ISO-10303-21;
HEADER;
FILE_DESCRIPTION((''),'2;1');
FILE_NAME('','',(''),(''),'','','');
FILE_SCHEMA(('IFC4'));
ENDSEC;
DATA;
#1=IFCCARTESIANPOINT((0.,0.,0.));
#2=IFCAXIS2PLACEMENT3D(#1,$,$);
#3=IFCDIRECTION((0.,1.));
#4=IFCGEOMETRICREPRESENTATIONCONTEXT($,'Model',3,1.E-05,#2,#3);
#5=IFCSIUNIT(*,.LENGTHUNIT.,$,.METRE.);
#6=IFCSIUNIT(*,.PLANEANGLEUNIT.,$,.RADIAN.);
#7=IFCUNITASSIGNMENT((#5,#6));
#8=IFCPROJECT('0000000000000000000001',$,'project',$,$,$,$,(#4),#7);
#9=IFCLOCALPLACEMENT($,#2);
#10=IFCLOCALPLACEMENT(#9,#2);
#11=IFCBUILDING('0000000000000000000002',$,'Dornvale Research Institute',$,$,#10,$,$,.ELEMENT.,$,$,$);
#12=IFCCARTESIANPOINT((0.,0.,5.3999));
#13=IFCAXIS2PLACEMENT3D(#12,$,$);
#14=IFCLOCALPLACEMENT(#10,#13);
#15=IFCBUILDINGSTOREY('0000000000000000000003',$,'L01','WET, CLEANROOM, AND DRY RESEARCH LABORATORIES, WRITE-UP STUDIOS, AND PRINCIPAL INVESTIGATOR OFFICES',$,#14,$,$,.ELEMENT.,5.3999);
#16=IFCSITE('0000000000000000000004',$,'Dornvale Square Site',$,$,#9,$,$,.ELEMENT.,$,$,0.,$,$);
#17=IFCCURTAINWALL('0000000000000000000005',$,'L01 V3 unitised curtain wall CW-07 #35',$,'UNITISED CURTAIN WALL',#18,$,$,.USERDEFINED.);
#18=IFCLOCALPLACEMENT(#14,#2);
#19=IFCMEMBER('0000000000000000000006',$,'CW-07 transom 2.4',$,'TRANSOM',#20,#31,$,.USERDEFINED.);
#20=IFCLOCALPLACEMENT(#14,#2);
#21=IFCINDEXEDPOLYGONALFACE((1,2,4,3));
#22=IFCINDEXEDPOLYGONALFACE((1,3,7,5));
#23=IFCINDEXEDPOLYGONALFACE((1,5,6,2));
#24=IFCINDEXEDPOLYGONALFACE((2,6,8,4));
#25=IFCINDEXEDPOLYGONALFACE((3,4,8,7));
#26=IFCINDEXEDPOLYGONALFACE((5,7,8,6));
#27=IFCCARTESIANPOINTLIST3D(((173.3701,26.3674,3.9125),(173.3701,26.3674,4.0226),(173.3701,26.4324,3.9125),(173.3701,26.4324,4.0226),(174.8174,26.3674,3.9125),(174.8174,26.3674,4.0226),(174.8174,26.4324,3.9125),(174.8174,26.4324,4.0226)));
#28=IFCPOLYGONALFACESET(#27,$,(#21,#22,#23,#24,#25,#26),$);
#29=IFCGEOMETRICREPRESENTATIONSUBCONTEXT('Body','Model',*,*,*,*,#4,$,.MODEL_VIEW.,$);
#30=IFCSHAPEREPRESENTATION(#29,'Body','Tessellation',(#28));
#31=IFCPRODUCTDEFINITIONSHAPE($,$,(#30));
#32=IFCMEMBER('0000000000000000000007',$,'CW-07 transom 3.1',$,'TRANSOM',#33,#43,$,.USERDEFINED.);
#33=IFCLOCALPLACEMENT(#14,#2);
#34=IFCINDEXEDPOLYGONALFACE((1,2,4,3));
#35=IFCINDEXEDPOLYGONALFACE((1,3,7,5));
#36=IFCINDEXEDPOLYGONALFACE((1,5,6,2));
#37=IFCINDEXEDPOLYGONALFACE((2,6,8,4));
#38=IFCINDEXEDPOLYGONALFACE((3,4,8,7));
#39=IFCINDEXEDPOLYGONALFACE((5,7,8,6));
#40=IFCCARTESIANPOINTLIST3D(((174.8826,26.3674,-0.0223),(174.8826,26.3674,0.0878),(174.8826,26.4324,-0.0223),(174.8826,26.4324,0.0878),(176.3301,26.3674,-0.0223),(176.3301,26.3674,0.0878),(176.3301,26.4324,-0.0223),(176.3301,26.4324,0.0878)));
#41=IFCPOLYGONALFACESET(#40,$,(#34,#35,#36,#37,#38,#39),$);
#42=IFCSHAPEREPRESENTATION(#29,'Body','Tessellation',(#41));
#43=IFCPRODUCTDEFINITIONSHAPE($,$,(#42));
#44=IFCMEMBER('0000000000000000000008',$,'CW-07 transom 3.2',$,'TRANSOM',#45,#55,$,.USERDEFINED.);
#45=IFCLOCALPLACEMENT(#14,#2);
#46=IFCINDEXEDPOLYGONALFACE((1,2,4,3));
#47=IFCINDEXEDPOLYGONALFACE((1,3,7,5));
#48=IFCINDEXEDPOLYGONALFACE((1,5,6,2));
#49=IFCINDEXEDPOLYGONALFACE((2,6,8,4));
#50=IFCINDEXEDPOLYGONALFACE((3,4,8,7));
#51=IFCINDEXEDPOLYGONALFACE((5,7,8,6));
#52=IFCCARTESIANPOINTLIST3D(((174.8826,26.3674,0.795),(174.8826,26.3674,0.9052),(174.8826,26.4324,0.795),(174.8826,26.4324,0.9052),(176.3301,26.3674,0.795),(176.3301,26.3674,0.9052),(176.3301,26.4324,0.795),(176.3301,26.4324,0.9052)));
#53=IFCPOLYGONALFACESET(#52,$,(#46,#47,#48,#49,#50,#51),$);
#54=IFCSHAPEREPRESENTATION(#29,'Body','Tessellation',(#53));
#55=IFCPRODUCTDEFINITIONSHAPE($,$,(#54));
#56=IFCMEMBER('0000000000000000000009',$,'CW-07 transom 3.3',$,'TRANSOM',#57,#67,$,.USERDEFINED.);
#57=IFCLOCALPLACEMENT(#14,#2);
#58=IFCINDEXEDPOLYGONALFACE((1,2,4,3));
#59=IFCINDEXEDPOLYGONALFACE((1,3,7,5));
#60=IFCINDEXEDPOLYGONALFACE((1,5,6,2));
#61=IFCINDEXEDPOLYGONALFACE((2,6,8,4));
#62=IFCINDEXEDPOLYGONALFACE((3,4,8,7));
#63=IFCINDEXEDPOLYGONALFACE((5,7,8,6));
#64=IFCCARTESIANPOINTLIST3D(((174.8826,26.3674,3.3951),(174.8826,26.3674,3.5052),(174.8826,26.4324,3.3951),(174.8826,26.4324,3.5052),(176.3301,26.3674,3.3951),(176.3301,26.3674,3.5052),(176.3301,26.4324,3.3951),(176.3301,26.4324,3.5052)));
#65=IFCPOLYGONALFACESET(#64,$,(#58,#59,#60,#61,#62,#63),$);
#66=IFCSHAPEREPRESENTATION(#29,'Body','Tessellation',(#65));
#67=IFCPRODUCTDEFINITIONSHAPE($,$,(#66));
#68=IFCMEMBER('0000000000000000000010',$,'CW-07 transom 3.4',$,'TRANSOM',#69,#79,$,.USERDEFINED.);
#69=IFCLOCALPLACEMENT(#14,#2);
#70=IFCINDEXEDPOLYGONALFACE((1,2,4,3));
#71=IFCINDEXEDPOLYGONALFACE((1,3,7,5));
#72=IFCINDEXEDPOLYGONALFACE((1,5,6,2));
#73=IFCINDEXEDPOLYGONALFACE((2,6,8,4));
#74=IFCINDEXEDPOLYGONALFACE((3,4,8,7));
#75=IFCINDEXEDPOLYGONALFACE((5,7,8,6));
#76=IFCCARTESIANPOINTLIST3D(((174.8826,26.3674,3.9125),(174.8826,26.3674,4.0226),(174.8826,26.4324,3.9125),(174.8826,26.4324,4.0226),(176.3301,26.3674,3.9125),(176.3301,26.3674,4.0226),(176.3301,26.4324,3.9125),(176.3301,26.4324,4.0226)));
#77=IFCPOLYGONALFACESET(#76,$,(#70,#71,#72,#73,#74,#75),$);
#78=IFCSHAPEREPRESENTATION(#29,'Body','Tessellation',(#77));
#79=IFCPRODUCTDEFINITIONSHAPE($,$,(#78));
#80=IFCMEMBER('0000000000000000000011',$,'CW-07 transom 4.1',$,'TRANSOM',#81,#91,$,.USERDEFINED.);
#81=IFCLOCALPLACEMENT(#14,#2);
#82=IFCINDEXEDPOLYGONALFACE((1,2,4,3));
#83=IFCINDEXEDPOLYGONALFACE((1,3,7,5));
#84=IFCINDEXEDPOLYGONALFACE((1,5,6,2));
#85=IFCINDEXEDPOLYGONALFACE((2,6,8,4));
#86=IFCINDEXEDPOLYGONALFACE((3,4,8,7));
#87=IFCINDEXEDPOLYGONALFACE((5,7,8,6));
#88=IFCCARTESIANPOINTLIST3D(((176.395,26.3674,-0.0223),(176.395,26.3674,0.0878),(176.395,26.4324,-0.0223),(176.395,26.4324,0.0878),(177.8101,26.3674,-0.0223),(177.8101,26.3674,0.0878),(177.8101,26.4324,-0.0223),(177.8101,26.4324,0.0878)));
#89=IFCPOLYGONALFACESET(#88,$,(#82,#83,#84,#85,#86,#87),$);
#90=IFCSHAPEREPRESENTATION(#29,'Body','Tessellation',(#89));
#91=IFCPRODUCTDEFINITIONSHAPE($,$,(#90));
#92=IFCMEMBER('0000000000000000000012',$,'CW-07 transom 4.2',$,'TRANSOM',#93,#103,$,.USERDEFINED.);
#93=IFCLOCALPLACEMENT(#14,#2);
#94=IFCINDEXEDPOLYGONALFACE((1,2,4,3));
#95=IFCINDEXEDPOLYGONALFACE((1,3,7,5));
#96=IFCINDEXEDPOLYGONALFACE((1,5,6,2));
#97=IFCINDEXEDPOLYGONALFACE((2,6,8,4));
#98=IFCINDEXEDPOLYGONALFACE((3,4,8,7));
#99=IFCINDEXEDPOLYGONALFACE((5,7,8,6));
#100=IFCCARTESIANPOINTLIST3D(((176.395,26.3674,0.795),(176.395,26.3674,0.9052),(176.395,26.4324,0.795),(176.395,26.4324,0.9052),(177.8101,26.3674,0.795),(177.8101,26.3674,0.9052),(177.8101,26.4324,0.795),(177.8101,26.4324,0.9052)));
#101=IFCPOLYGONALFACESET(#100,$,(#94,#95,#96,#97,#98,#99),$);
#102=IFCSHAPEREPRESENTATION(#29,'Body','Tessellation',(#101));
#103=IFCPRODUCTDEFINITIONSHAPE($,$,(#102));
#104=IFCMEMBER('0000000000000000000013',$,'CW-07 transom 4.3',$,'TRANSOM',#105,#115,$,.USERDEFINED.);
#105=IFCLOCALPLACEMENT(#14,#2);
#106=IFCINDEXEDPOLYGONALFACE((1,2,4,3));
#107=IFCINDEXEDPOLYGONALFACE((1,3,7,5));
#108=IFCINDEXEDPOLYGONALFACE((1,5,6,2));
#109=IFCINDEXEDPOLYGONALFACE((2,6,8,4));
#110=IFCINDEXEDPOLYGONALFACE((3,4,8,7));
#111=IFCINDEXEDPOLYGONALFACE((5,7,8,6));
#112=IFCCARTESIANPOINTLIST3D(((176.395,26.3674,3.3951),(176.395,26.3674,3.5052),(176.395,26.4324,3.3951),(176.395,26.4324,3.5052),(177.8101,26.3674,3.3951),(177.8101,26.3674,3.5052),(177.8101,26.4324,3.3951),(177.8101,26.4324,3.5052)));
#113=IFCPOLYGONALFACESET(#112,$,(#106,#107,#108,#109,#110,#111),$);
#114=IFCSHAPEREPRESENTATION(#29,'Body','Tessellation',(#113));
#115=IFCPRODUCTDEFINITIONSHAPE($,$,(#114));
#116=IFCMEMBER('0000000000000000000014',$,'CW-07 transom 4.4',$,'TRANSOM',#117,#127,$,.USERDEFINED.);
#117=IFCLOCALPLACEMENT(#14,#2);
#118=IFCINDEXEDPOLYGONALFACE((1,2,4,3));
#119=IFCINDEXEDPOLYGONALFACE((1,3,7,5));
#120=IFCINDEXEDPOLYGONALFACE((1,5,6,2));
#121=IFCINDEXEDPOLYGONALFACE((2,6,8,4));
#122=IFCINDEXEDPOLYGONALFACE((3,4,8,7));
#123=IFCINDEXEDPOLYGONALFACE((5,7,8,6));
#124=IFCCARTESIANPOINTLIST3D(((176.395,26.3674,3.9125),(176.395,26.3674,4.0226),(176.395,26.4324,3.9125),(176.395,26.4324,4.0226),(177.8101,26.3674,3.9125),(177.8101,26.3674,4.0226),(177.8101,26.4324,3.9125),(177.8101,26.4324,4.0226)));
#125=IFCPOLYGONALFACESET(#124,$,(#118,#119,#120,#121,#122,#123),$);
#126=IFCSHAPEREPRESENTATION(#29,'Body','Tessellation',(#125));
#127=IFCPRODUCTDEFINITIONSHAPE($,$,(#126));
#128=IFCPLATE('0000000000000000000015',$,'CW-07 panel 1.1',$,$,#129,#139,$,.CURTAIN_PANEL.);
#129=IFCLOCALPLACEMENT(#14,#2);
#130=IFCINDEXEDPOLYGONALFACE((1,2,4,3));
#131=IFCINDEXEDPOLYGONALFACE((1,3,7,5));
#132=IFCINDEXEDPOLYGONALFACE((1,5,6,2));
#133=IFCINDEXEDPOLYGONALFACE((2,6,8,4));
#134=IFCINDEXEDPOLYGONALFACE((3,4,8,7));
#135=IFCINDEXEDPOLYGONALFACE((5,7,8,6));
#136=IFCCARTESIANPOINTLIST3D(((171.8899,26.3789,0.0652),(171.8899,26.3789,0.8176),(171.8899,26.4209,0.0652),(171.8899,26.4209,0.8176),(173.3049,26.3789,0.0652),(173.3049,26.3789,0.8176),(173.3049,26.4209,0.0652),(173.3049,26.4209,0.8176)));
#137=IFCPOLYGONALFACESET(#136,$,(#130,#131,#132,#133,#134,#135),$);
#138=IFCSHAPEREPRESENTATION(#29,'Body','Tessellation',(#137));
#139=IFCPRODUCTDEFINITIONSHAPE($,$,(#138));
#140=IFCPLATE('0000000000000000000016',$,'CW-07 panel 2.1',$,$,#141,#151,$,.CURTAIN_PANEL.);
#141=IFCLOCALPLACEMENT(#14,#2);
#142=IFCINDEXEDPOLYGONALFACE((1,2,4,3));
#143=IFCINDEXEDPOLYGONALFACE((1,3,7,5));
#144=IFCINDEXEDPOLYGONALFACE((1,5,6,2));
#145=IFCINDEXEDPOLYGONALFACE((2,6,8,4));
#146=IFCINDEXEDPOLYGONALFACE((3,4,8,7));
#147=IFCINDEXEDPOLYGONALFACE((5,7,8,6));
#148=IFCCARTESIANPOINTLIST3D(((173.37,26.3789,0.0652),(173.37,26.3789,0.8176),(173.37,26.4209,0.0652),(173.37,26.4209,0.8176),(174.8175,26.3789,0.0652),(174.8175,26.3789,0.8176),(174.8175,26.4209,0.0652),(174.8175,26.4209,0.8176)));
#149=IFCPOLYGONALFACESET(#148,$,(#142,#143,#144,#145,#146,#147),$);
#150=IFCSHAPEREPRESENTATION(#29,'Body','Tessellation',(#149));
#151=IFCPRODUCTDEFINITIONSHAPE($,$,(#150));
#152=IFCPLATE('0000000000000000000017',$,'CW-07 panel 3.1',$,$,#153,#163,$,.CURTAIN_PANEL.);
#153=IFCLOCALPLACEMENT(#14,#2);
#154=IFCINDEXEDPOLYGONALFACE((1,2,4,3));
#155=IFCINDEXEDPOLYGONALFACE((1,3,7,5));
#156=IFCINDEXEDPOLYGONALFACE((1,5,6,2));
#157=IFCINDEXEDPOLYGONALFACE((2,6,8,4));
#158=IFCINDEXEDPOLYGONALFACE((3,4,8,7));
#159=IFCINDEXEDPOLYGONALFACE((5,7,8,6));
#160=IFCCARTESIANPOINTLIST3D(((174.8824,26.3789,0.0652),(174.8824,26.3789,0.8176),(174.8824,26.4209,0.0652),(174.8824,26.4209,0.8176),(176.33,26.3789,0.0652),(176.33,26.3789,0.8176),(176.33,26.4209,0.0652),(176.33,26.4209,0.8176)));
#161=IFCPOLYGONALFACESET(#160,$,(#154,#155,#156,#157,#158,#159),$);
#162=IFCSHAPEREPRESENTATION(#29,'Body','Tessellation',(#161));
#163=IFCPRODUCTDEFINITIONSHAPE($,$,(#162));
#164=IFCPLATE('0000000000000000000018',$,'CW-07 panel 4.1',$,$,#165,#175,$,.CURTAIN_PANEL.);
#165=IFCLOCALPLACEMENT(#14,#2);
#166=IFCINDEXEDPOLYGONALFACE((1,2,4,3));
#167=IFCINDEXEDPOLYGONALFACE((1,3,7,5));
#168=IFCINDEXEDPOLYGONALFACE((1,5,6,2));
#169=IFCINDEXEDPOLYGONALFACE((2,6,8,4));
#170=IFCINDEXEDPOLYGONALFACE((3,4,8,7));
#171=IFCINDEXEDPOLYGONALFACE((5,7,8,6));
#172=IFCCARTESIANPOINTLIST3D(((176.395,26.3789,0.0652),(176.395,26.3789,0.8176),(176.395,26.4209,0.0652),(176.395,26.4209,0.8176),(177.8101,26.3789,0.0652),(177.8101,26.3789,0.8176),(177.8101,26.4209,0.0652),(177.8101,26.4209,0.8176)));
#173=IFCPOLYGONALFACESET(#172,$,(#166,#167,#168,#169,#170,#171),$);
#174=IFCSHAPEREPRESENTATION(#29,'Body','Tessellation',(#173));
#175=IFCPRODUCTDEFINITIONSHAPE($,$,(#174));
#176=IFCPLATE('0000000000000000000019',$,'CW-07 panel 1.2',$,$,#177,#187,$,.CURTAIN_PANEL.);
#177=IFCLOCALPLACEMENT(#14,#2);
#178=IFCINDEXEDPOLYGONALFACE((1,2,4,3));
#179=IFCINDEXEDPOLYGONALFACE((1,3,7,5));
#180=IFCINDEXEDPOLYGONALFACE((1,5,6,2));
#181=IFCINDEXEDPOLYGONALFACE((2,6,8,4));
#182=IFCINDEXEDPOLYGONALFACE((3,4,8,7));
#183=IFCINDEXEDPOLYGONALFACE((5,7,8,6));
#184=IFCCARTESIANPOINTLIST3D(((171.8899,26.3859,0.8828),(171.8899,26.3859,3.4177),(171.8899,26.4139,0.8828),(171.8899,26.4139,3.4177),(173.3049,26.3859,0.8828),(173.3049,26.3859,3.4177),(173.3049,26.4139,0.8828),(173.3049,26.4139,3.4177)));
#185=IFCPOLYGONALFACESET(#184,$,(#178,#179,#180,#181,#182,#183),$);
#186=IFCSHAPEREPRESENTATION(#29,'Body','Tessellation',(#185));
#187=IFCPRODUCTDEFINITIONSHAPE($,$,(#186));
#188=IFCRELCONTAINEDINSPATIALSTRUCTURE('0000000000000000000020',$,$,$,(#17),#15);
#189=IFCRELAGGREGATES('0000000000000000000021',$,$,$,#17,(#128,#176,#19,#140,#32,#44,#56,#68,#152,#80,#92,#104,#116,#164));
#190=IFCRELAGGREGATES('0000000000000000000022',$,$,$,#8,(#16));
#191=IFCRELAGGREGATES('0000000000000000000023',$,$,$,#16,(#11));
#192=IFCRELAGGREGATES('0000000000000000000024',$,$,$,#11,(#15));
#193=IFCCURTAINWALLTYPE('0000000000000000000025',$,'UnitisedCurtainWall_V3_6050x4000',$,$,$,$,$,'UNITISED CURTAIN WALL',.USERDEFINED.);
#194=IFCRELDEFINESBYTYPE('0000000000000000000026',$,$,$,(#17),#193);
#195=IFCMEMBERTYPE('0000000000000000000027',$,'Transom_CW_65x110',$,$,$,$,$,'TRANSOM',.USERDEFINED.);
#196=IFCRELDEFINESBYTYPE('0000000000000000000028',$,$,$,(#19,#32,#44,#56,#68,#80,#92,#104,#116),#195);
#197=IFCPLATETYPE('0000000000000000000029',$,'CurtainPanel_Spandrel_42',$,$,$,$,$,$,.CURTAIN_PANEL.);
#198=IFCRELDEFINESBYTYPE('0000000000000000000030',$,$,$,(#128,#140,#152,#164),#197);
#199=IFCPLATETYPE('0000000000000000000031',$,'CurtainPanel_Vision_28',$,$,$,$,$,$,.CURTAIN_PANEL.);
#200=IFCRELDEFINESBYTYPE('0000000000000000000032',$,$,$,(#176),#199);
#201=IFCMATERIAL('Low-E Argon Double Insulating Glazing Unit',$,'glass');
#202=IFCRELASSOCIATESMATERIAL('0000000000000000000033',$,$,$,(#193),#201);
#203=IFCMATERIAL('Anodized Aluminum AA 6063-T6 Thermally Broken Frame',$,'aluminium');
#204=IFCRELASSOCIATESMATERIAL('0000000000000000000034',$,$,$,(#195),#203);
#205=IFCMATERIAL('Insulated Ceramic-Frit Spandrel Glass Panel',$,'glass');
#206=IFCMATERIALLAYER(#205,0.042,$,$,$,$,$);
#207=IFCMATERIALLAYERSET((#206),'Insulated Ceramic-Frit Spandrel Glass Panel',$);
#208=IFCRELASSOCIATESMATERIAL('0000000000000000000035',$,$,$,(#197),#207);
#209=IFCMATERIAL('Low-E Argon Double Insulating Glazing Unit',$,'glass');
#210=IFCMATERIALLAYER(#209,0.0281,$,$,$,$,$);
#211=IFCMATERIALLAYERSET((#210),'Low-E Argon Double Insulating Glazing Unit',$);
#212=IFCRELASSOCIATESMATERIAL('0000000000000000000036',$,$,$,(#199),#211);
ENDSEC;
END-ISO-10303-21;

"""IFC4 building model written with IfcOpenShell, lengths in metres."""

from ifc_helpers import new_model, si_unit, direction, frame, origin, origin_2d, place, context, subcontext, project, spatial, rectangle, extrude, material, layer, layer_set, material_profile, profile_set, type_object, element, aggregate, save


model = new_model("IFC4")

# Units and contexts
model_context = context("Model", 3, precision=1e-05, world=origin(), true_north=direction((0.0, 1.0)))
body_context = subcontext(model_context, "Body", "Model", "MODEL_VIEW")
ifc_project = project(units=[si_unit("LENGTHUNIT", "METRE"), si_unit("PLANEANGLEUNIT", "RADIAN")], contexts=[model_context])

# Site, building, storey
site_placement = place(None, origin())
site = spatial("IfcSite", under=ifc_project, at=site_placement, Name="Dornvale Square Site", CompositionType="ELEMENT", RefElevation=0.0)
building_placement = place(site_placement, origin())
building = spatial("IfcBuilding", under=site, at=building_placement, Name="Dornvale Research Institute", CompositionType="ELEMENT")
storey_placement = place(building_placement, frame((0.0, 0.0, 5.3999)))
storey = spatial("IfcBuildingStorey", under=building, at=storey_placement, Name="L01", Description="WET, CLEANROOM, AND DRY RESEARCH LABORATORIES, WRITE-UP STUDIOS, AND PRINCIPAL INVESTIGATOR OFFICES", CompositionType="ELEMENT", Elevation=5.3999)

# Curtain wall
ifc_material_1 = material(Name="Low-E Argon Double Insulating Glazing Unit", Category="glass")
curtain_wall_type = type_object("IfcCurtainWallType", Name="UnitisedCurtainWall_V3_6050x4000", ElementType="UNITISED CURTAIN WALL", PredefinedType="USERDEFINED", material=ifc_material_1)
curtain_wall_placement = place(storey_placement, origin())
curtain_wall = element("IfcCurtainWall", 1, at=curtain_wall_placement, inside=storey, type_object=curtain_wall_type, Name="L01 V3 unitised curtain wall CW-07 #35", ObjectType="UNITISED CURTAIN WALL", PredefinedType="USERDEFINED")

# Members
ifc_material_2 = material(Name="Anodized Aluminum AA 6063-T6 Thermally Broken Frame", Category="aluminium")
ifc_material_profile_1 = material_profile(ifc_material_2, rectangle(XDim=0.0649, YDim=0.1101, at=origin_2d()), Name="ALU TRANSOM 65x110")
ifc_profile_set_1 = profile_set([ifc_material_profile_1], Name="Anodized Aluminum AA 6063-T6 Thermally Broken Frame")
member_type_1 = type_object("IfcMemberType", Name="Transom_CW_65x110", ElementType="TRANSOM", PredefinedType="USERDEFINED", material=ifc_profile_set_1)
member_1_placement = place(storey_placement, frame((173.3701, 26.3999, 3.9675), z_axis=(1.0, 0.0, 0.0), x_axis=(0.0, 1.0, 0.0)))
member_1 = element("IfcMember", 2, at=member_1_placement, type_object=member_type_1, Name="CW-07 transom 2.4", ObjectType="TRANSOM", PredefinedType="USERDEFINED", context=body_context, shape_type="SweptSolid", body=[
    extrude(rectangle(XDim=0.0649, YDim=0.1101, at=origin_2d()), origin(), (0.0, 0.0, 1.0), 1.4473),
])
member_2_placement = place(storey_placement, frame((174.8826, 26.3999, 0.0327), z_axis=(1.0, 0.0, 0.0), x_axis=(0.0, 1.0, 0.0)))
member_2 = element("IfcMember", 3, at=member_2_placement, type_object=member_type_1, Name="CW-07 transom 3.1", ObjectType="TRANSOM", PredefinedType="USERDEFINED", context=body_context, shape_type="SweptSolid", body=[
    extrude(rectangle(XDim=0.0649, YDim=0.1101, at=origin_2d()), origin(), (0.0, 0.0, 1.0), 1.4475),
])
member_3_placement = place(storey_placement, frame((174.8826, 26.3999, 0.8501), z_axis=(1.0, 0.0, 0.0), x_axis=(0.0, 1.0, 0.0)))
member_3 = element("IfcMember", 4, at=member_3_placement, type_object=member_type_1, Name="CW-07 transom 3.2", ObjectType="TRANSOM", PredefinedType="USERDEFINED", context=body_context, shape_type="SweptSolid", body=[
    extrude(rectangle(XDim=0.0649, YDim=0.1101, at=origin_2d()), origin(), (0.0, 0.0, 1.0), 1.4475),
])
member_4_placement = place(storey_placement, frame((174.8826, 26.3999, 3.4502), z_axis=(1.0, 0.0, 0.0), x_axis=(0.0, 1.0, 0.0)))
member_4 = element("IfcMember", 5, at=member_4_placement, type_object=member_type_1, Name="CW-07 transom 3.3", ObjectType="TRANSOM", PredefinedType="USERDEFINED", context=body_context, shape_type="SweptSolid", body=[
    extrude(rectangle(XDim=0.0649, YDim=0.1101, at=origin_2d()), origin(), (0.0, 0.0, 1.0), 1.4475),
])
member_5_placement = place(storey_placement, frame((174.8826, 26.3999, 3.9675), z_axis=(1.0, 0.0, 0.0), x_axis=(0.0, 1.0, 0.0)))
member_5 = element("IfcMember", 6, at=member_5_placement, type_object=member_type_1, Name="CW-07 transom 3.4", ObjectType="TRANSOM", PredefinedType="USERDEFINED", context=body_context, shape_type="SweptSolid", body=[
    extrude(rectangle(XDim=0.0649, YDim=0.1101, at=origin_2d()), origin(), (0.0, 0.0, 1.0), 1.4475),
])
member_6_placement = place(storey_placement, frame((176.395, 26.3999, 0.0327), z_axis=(1.0, 0.0, 0.0), x_axis=(0.0, 1.0, 0.0)))
member_6 = element("IfcMember", 7, at=member_6_placement, type_object=member_type_1, Name="CW-07 transom 4.1", ObjectType="TRANSOM", PredefinedType="USERDEFINED", context=body_context, shape_type="SweptSolid", body=[
    extrude(rectangle(XDim=0.0649, YDim=0.1101, at=origin_2d()), origin(), (0.0, 0.0, 1.0), 1.415),
])
member_7_placement = place(storey_placement, frame((176.395, 26.3999, 0.8501), z_axis=(1.0, 0.0, 0.0), x_axis=(0.0, 1.0, 0.0)))
member_7 = element("IfcMember", 8, at=member_7_placement, type_object=member_type_1, Name="CW-07 transom 4.2", ObjectType="TRANSOM", PredefinedType="USERDEFINED", context=body_context, shape_type="SweptSolid", body=[
    extrude(rectangle(XDim=0.0649, YDim=0.1101, at=origin_2d()), origin(), (0.0, 0.0, 1.0), 1.415),
])
member_8_placement = place(storey_placement, frame((176.395, 26.3999, 3.4502), z_axis=(1.0, 0.0, 0.0), x_axis=(0.0, 1.0, 0.0)))
member_8 = element("IfcMember", 9, at=member_8_placement, type_object=member_type_1, Name="CW-07 transom 4.3", ObjectType="TRANSOM", PredefinedType="USERDEFINED", context=body_context, shape_type="SweptSolid", body=[
    extrude(rectangle(XDim=0.0649, YDim=0.1101, at=origin_2d()), origin(), (0.0, 0.0, 1.0), 1.415),
])
member_9_placement = place(storey_placement, frame((176.395, 26.3999, 3.9675), z_axis=(1.0, 0.0, 0.0), x_axis=(0.0, 1.0, 0.0)))
member_9 = element("IfcMember", 10, at=member_9_placement, type_object=member_type_1, Name="CW-07 transom 4.4", ObjectType="TRANSOM", PredefinedType="USERDEFINED", context=body_context, shape_type="SweptSolid", body=[
    extrude(rectangle(XDim=0.0649, YDim=0.1101, at=origin_2d()), origin(), (0.0, 0.0, 1.0), 1.415),
])

# Plates
ifc_material_3 = material(Name="Insulated Ceramic-Frit Spandrel Glass Panel", Category="glass")
ifc_layer_1 = layer(ifc_material_3, 0.042)
ifc_layer_set_1 = layer_set([ifc_layer_1], Name="Insulated Ceramic-Frit Spandrel Glass Panel")
plate_type_1 = type_object("IfcPlateType", Name="CurtainPanel_Spandrel_42", PredefinedType="CURTAIN_PANEL", material=ifc_layer_set_1)
plate_1_placement = place(storey_placement, frame((172.5974, 26.3999, 0.0652), z_axis=(0.0, 0.0, 1.0), x_axis=(1.0, 0.0, 0.0)))
plate_1 = element("IfcPlate", 11, at=plate_1_placement, type_object=plate_type_1, Name="CW-07 panel 1.1", PredefinedType="CURTAIN_PANEL", context=body_context, shape_type="SweptSolid", body=[
    extrude(rectangle(XDim=1.415, YDim=0.042, at=origin_2d()), origin(), (0.0, 0.0, 1.0), 0.7524),
])
plate_2_placement = place(storey_placement, frame((174.0938, 26.3999, 0.0652), z_axis=(0.0, 0.0, 1.0), x_axis=(1.0, 0.0, 0.0)))
plate_2 = element("IfcPlate", 12, at=plate_2_placement, type_object=plate_type_1, Name="CW-07 panel 2.1", PredefinedType="CURTAIN_PANEL", context=body_context, shape_type="SweptSolid", body=[
    extrude(rectangle(XDim=1.4475, YDim=0.042, at=origin_2d()), origin(), (0.0, 0.0, 1.0), 0.7524),
])
plate_3_placement = place(storey_placement, frame((175.6062, 26.3999, 0.0652), z_axis=(0.0, 0.0, 1.0), x_axis=(1.0, 0.0, 0.0)))
plate_3 = element("IfcPlate", 13, at=plate_3_placement, type_object=plate_type_1, Name="CW-07 panel 3.1", PredefinedType="CURTAIN_PANEL", context=body_context, shape_type="SweptSolid", body=[
    extrude(rectangle(XDim=1.4475, YDim=0.042, at=origin_2d()), origin(), (0.0, 0.0, 1.0), 0.7524),
])
plate_4_placement = place(storey_placement, frame((177.1025, 26.3999, 0.0652), z_axis=(0.0, 0.0, 1.0), x_axis=(1.0, 0.0, 0.0)))
plate_4 = element("IfcPlate", 14, at=plate_4_placement, type_object=plate_type_1, Name="CW-07 panel 4.1", PredefinedType="CURTAIN_PANEL", context=body_context, shape_type="SweptSolid", body=[
    extrude(rectangle(XDim=1.415, YDim=0.042, at=origin_2d()), origin(), (0.0, 0.0, 1.0), 0.7524),
])
ifc_material_4 = material(Name="Low-E Argon Double Insulating Glazing Unit", Category="glass")
ifc_layer_2 = layer(ifc_material_4, 0.0281)
ifc_layer_set_2 = layer_set([ifc_layer_2], Name="Low-E Argon Double Insulating Glazing Unit")
plate_type_2 = type_object("IfcPlateType", Name="CurtainPanel_Vision_28", PredefinedType="CURTAIN_PANEL", material=ifc_layer_set_2)
plate_5_placement = place(storey_placement, frame((172.5974, 26.3999, 0.8828), z_axis=(0.0, 0.0, 1.0), x_axis=(1.0, 0.0, 0.0)))
plate_5 = element("IfcPlate", 15, at=plate_5_placement, type_object=plate_type_2, Name="CW-07 panel 1.2", PredefinedType="CURTAIN_PANEL", context=body_context, shape_type="SweptSolid", body=[
    extrude(rectangle(XDim=1.415, YDim=0.0281, at=origin_2d()), origin(), (0.0, 0.0, 1.0), 2.5349),
])
aggregate(curtain_wall, [plate_1, plate_5, member_1, plate_2, member_2, member_3, member_4, member_5, plate_3, member_6, member_7, member_8, member_9, plate_4])

save(model, "model.ifc")
